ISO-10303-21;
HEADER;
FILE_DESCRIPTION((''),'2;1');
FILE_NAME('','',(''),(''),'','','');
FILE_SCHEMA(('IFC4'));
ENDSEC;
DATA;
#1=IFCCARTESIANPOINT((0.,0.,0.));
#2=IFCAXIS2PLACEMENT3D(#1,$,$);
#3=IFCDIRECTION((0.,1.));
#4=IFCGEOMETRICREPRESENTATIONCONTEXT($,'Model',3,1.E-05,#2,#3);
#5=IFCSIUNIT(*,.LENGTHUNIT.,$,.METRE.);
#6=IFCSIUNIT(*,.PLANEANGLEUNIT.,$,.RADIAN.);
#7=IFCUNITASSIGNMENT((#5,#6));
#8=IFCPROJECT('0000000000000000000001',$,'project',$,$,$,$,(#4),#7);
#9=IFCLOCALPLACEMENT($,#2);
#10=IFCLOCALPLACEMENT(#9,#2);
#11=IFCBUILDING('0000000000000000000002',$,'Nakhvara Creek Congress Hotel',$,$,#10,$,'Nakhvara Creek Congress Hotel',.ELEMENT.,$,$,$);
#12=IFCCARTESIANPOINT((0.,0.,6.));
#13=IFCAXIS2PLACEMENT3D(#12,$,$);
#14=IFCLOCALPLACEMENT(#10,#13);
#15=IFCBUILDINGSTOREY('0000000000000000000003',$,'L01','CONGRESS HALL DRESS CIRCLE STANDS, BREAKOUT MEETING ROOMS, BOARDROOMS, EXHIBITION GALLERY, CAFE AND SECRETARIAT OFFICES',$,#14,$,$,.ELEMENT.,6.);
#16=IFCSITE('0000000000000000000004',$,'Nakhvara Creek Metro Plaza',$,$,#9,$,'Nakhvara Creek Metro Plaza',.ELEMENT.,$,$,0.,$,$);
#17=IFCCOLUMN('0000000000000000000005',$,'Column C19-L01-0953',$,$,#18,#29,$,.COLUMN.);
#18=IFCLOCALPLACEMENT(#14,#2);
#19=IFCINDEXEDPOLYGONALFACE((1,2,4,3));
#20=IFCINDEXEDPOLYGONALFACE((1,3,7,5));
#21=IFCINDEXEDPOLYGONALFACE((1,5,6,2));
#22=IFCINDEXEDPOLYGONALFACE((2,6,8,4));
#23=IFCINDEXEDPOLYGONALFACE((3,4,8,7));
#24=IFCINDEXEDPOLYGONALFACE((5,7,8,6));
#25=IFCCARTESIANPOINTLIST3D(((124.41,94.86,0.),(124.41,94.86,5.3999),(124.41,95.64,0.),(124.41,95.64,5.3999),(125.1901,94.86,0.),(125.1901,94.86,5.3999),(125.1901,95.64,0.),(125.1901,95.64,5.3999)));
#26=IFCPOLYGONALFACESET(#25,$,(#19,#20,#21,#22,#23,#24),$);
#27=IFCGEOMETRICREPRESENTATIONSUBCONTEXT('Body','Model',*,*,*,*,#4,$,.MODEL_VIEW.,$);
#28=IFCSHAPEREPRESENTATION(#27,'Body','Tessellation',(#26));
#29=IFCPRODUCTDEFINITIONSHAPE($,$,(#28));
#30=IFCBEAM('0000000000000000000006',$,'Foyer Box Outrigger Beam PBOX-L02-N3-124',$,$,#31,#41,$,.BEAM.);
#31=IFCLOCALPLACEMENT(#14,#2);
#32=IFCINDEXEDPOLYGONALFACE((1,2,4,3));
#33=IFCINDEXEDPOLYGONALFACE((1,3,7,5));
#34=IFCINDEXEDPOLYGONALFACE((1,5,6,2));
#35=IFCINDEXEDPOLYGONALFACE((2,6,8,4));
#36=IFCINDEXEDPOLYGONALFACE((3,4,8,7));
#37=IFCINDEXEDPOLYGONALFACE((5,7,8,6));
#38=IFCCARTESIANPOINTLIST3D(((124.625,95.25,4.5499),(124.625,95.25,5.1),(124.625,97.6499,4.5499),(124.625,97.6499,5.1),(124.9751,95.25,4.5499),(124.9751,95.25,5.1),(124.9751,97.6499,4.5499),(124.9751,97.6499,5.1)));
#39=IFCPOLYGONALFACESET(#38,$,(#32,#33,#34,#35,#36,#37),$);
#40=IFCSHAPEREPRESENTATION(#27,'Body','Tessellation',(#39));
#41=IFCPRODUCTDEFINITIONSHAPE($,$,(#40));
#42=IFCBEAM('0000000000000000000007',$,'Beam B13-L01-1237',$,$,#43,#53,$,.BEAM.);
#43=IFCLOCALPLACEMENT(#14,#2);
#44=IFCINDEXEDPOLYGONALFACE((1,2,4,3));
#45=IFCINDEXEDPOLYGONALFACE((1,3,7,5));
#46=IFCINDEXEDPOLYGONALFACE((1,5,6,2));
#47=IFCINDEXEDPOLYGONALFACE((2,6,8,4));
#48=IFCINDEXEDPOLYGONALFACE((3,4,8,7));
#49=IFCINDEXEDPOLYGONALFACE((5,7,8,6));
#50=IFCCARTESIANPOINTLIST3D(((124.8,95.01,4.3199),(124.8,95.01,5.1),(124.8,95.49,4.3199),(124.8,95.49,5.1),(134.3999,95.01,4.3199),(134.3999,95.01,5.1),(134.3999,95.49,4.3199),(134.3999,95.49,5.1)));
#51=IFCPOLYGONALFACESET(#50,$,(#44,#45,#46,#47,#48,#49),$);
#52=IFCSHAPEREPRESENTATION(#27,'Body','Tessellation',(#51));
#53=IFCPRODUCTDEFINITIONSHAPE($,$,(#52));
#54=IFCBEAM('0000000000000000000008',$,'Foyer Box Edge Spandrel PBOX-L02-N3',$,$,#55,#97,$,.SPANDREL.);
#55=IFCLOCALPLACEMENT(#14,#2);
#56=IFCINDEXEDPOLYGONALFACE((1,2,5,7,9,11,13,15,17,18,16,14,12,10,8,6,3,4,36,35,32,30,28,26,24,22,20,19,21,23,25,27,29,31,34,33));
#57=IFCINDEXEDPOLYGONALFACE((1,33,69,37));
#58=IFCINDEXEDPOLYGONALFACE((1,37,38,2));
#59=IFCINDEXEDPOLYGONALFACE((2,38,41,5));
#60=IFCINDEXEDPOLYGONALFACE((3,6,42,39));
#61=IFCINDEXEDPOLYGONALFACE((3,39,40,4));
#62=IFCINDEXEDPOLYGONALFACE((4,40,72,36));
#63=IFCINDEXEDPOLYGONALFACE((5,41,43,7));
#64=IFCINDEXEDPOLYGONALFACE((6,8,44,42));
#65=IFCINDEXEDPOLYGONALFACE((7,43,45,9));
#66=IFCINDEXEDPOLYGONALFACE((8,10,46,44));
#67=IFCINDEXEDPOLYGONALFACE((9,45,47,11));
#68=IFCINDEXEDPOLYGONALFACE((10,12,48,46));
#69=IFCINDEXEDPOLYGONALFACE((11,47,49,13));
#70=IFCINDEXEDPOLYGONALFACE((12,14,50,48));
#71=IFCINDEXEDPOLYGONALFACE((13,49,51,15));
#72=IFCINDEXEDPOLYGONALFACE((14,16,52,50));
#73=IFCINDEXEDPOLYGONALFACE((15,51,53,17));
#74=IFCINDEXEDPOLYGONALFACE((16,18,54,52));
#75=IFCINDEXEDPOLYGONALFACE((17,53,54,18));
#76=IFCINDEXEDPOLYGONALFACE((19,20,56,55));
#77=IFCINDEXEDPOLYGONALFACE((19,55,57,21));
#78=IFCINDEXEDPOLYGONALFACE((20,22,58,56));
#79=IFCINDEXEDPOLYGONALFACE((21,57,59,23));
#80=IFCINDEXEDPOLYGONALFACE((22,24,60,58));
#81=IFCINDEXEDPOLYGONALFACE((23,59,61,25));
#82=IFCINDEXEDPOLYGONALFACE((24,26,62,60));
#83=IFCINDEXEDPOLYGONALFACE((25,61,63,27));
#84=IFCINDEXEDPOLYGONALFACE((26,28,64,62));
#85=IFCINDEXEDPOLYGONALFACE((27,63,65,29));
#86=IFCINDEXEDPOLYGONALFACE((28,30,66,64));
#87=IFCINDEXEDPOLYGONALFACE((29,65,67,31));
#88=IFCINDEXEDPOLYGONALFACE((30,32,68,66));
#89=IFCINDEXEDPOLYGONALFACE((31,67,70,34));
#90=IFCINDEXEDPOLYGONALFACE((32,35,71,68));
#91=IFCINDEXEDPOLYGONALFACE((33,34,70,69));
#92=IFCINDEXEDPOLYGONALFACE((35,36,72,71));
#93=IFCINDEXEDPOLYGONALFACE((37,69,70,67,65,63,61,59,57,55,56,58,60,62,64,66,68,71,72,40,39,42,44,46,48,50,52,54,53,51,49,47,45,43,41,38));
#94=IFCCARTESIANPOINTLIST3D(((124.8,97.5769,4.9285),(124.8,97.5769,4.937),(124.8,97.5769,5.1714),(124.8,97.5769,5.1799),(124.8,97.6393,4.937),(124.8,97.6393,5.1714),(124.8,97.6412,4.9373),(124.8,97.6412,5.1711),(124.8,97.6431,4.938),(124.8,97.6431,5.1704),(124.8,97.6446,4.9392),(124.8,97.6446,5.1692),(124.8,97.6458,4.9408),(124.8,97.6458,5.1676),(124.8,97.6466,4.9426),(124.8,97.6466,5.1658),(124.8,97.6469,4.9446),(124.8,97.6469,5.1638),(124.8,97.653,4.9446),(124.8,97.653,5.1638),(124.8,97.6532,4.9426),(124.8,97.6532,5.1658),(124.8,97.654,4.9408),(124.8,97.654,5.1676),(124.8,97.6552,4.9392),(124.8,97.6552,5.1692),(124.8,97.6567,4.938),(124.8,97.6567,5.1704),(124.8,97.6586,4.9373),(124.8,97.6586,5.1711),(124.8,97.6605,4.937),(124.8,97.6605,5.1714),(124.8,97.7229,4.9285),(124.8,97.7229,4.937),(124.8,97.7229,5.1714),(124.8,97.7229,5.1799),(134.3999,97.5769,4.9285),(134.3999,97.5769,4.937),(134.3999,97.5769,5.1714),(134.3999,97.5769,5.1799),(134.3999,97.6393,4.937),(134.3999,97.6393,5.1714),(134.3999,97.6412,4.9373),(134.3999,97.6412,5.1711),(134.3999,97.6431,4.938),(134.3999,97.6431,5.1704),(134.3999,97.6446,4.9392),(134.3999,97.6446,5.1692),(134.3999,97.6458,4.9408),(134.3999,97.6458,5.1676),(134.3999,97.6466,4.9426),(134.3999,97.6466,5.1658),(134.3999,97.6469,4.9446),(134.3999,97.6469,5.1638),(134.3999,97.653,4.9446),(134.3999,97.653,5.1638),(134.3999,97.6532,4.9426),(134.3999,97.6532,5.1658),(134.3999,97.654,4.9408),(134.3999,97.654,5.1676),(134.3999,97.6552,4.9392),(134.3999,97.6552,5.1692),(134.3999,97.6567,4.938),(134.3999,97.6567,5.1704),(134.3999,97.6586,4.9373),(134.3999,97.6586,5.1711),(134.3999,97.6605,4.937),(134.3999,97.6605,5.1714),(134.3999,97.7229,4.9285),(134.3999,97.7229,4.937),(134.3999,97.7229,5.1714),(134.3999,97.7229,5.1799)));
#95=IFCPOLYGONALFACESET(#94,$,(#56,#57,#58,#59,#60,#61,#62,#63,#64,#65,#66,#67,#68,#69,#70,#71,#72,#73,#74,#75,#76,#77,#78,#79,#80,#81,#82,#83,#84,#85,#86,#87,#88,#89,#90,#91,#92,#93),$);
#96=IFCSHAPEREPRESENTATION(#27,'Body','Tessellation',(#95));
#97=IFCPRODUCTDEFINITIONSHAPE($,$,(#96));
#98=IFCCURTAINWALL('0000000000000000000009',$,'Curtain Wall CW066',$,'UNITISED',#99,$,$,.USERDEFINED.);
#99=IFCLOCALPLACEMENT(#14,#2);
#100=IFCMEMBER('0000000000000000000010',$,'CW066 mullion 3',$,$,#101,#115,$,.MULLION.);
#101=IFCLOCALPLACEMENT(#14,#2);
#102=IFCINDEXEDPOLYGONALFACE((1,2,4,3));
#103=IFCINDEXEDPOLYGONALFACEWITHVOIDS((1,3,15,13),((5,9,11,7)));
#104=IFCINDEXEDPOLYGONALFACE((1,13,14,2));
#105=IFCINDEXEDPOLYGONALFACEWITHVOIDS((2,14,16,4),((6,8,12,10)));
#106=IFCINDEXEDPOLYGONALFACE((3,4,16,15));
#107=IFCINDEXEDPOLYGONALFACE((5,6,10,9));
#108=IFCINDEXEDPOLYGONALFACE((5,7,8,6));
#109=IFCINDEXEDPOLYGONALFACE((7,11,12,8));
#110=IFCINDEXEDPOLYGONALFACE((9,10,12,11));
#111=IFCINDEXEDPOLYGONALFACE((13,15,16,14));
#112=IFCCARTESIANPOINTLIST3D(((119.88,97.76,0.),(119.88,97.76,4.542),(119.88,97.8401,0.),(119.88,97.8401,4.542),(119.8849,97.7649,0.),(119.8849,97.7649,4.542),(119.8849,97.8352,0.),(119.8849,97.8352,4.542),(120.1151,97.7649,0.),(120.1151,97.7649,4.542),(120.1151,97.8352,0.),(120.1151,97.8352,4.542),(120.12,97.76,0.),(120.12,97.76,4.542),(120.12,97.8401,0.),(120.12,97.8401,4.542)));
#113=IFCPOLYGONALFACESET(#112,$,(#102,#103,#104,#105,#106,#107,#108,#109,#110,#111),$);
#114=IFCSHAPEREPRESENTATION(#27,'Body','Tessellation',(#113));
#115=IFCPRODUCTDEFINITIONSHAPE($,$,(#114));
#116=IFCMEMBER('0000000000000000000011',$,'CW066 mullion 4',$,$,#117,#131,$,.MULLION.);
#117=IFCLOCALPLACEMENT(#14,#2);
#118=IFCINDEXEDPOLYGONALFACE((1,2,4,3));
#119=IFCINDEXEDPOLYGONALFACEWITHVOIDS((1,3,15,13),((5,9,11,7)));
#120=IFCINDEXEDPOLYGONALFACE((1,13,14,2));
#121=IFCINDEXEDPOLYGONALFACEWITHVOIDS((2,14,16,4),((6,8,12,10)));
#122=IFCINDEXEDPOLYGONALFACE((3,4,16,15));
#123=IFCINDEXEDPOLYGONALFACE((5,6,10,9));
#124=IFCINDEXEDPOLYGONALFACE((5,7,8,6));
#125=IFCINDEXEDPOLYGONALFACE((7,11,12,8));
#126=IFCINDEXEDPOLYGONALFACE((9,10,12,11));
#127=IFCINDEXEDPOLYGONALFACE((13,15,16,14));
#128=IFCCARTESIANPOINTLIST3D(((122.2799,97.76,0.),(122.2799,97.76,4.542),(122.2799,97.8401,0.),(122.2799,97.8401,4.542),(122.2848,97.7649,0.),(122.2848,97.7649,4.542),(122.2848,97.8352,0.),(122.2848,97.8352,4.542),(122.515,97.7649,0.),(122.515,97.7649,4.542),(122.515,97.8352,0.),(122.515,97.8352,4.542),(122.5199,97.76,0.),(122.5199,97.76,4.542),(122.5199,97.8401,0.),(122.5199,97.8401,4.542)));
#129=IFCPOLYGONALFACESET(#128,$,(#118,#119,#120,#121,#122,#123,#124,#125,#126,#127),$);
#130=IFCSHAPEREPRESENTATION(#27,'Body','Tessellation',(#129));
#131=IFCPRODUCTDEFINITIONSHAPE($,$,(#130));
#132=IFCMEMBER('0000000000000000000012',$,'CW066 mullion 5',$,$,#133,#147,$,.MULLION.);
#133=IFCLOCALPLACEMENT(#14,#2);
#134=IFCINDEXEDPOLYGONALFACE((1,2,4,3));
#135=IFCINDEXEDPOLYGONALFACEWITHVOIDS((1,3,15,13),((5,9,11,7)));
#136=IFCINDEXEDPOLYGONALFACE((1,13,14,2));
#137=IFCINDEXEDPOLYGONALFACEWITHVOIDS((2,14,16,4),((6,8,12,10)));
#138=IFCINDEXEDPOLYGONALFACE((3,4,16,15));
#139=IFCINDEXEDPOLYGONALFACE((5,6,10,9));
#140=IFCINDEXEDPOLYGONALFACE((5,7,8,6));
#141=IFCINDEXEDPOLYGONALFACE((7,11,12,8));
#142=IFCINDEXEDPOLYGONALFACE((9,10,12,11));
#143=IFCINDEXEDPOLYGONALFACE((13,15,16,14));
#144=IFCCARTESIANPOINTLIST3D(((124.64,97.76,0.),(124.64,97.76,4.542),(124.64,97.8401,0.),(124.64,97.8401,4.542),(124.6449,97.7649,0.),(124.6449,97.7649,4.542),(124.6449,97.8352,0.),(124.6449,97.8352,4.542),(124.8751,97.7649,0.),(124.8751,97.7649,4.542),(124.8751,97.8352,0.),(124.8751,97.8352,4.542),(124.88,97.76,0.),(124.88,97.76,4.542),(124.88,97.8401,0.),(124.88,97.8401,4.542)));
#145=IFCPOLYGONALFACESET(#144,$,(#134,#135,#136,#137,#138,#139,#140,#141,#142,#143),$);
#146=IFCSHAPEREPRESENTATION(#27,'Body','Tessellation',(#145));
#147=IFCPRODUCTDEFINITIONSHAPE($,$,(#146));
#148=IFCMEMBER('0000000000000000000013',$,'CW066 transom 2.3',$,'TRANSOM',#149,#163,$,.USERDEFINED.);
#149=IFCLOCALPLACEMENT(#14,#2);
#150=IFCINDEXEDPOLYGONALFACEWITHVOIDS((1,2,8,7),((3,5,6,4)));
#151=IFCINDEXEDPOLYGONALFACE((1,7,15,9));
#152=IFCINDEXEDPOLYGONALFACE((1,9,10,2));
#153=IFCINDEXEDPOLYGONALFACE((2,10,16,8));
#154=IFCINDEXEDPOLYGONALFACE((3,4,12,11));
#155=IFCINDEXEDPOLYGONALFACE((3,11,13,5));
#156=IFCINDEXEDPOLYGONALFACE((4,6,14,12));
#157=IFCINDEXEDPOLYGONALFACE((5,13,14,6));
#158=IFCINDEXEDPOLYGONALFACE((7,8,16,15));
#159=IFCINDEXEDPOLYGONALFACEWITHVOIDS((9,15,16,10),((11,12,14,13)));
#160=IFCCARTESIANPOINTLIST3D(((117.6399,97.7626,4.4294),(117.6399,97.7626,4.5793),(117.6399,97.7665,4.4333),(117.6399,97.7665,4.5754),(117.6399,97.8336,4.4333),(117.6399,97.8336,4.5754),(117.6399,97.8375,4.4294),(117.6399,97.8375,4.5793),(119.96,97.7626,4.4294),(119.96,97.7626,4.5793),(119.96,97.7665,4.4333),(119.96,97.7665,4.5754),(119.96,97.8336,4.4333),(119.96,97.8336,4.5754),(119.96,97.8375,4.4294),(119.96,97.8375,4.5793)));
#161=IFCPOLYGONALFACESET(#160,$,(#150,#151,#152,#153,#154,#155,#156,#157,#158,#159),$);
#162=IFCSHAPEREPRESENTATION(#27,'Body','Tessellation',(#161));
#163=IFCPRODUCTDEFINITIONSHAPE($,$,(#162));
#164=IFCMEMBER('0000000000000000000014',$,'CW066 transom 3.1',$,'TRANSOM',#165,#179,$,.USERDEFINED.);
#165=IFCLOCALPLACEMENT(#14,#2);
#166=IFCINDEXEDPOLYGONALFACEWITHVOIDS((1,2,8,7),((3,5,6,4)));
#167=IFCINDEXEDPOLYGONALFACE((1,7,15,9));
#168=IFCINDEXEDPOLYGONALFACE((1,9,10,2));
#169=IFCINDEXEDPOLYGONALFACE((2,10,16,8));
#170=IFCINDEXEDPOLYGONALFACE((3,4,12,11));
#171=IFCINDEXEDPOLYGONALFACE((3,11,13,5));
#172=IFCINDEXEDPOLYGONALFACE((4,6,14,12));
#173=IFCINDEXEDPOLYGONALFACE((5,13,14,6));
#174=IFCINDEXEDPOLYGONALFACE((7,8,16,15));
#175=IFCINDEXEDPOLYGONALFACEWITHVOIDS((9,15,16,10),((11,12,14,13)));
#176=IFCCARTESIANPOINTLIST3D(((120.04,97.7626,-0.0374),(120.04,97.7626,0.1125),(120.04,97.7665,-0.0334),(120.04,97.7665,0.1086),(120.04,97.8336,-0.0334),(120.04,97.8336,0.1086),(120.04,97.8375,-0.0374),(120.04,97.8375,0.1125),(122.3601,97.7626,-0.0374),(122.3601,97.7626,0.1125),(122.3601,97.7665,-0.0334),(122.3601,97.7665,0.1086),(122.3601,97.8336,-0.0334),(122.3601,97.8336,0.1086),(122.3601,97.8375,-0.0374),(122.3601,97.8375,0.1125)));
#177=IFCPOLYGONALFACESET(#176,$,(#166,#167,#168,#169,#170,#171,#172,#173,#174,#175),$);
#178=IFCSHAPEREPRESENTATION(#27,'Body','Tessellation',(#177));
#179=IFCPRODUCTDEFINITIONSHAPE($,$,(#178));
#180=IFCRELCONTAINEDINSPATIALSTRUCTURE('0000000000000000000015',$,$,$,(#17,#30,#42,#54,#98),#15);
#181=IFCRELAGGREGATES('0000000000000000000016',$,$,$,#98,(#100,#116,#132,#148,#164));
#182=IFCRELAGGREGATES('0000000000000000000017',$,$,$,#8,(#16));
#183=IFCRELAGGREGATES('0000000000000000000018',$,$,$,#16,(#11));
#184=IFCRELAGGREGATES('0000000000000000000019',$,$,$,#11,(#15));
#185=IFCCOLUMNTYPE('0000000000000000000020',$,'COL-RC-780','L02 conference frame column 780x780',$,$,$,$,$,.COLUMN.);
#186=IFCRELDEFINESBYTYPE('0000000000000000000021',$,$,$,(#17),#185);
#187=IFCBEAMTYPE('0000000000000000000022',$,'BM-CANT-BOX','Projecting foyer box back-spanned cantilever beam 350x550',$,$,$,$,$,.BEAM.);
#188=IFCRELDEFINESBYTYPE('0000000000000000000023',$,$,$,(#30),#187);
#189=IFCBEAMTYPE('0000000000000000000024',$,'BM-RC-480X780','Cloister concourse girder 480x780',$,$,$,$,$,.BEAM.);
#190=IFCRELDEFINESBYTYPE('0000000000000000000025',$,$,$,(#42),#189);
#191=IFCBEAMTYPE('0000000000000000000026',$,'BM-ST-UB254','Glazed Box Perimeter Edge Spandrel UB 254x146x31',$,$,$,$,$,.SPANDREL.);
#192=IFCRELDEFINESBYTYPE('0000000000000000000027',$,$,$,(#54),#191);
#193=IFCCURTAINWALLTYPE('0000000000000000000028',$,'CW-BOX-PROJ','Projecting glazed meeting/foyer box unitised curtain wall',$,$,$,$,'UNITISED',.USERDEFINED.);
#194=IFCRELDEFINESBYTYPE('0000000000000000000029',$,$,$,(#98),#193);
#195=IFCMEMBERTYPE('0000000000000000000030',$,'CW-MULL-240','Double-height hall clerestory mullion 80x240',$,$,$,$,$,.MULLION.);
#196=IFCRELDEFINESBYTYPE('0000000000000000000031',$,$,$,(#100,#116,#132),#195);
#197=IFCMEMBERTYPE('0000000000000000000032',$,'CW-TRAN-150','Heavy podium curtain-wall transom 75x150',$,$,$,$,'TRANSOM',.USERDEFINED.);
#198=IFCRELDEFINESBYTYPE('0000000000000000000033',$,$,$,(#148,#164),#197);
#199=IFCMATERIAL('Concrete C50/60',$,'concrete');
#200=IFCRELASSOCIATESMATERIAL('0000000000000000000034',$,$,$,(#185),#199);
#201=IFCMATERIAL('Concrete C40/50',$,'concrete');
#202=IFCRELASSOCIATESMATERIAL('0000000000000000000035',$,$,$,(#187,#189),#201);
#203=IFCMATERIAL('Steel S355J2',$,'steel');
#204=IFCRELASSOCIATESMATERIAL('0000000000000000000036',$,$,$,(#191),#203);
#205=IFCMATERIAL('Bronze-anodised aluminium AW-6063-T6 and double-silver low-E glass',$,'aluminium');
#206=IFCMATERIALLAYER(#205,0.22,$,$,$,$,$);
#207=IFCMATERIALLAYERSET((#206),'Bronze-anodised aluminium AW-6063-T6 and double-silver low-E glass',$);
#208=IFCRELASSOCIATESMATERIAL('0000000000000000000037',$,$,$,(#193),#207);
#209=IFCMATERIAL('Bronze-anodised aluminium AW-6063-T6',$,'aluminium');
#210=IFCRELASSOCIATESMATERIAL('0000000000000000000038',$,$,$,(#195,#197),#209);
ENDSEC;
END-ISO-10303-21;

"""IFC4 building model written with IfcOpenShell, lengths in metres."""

from ifc_helpers import new_model, si_unit, direction, frame, origin, origin_2d, place, context, subcontext, project, spatial, rectangle, hollow_rectangle, i_section, extrude, material, layer, layer_set, material_profile, profile_set, type_object, element, aggregate, save


model = new_model("IFC4")

# Units and contexts
model_context = context("Model", 3, precision=1e-05, world=origin(), true_north=direction((0.0, 1.0)))
body_context = subcontext(model_context, "Body", "Model", "MODEL_VIEW")
ifc_project = project(units=[si_unit("LENGTHUNIT", "METRE"), si_unit("PLANEANGLEUNIT", "RADIAN")], contexts=[model_context])

# Site, building, storey
site_placement = place(None, origin())
site = spatial("IfcSite", under=ifc_project, at=site_placement, Name="Nakhvara Creek Metro Plaza", LongName="Nakhvara Creek Metro Plaza", CompositionType="ELEMENT", RefElevation=0.0)
building_placement = place(site_placement, origin())
building = spatial("IfcBuilding", under=site, at=building_placement, Name="Nakhvara Creek Congress Hotel", LongName="Nakhvara Creek Congress Hotel", CompositionType="ELEMENT")
storey_placement = place(building_placement, frame((0.0, 0.0, 6.0)))
storey = spatial("IfcBuildingStorey", under=building, at=storey_placement, Name="L01", Description="CONGRESS HALL DRESS CIRCLE STANDS, BREAKOUT MEETING ROOMS, BOARDROOMS, EXHIBITION GALLERY, CAFE AND SECRETARIAT OFFICES", CompositionType="ELEMENT", Elevation=6.0)

# Column
ifc_material_1 = material(Name="Concrete C50/60", Category="concrete")
ifc_material_profile_1 = material_profile(ifc_material_1, rectangle(XDim=0.78, YDim=0.78, at=origin_2d()), Name="RC-COL 780x780", Category="LoadBearing")
ifc_profile_set_1 = profile_set([ifc_material_profile_1], Name="Concrete C50/60")
column_type = type_object("IfcColumnType", Name="COL-RC-780", Description="L02 conference frame column 780x780", PredefinedType="COLUMN", material=ifc_profile_set_1)
column_placement = place(storey_placement, frame((124.8, 95.25, 0.0), z_axis=(0.0, 0.0, 1.0), x_axis=(1.0, 0.0, 0.0)))
element("IfcColumn", 1, at=column_placement, inside=storey, type_object=column_type, Name="Column C19-L01-0953", PredefinedType="COLUMN", context=body_context, shape_type="SweptSolid", body=[
    extrude(rectangle(XDim=0.78, YDim=0.78, at=origin_2d()), origin(), (0.0, 0.0, 1.0), 5.3999),
])

# Beams
ifc_material_2 = material(Name="Concrete C40/50", Category="concrete")
ifc_material_profile_2 = material_profile(ifc_material_2, rectangle(XDim=0.3501, YDim=0.55, at=origin_2d()), Name="RC-BM 350x550", Category="LoadBearing")
ifc_profile_set_2 = profile_set([ifc_material_profile_2], Name="Concrete C40/50")
beam_type_1 = type_object("IfcBeamType", Name="BM-CANT-BOX", Description="Projecting foyer box back-spanned cantilever beam 350x550", PredefinedType="BEAM", material=ifc_profile_set_2)
beam_1_placement = place(storey_placement, frame((124.8, 95.25, 4.825), z_axis=(0.0, 1.0, 0.0), x_axis=(-1.0, 0.0, 0.0)))
element("IfcBeam", 2, at=beam_1_placement, inside=storey, type_object=beam_type_1, Name="Foyer Box Outrigger Beam PBOX-L02-N3-124", PredefinedType="BEAM", context=body_context, shape_type="SweptSolid", body=[
    extrude(rectangle(XDim=0.3501, YDim=0.55, at=origin_2d()), origin(), (0.0, 0.0, 1.0), 2.3999),
])
ifc_material_profile_3 = material_profile(ifc_material_2, rectangle(XDim=0.48, YDim=0.78, at=origin_2d()), Name="RC-BM 480x780", Category="LoadBearing")
ifc_profile_set_3 = profile_set([ifc_material_profile_3], Name="Concrete C40/50")
beam_type_2 = type_object("IfcBeamType", Name="BM-RC-480X780", Description="Cloister concourse girder 480x780", PredefinedType="BEAM", material=ifc_profile_set_3)
beam_2_placement = place(storey_placement, frame((124.8, 95.25, 4.71), z_axis=(1.0, 0.0, 0.0), x_axis=(0.0, 1.0, 0.0)))
element("IfcBeam", 3, at=beam_2_placement, inside=storey, type_object=beam_type_2, Name="Beam B13-L01-1237", PredefinedType="BEAM", context=body_context, shape_type="SweptSolid", body=[
    extrude(rectangle(XDim=0.48, YDim=0.78, at=origin_2d()), origin(), (0.0, 0.0, 1.0), 9.5999),
])
ifc_material_3 = material(Name="Steel S355J2", Category="steel")
ifc_material_profile_4 = material_profile(ifc_material_3, i_section(OverallWidth=0.146, OverallDepth=0.2515, WebThickness=0.0061, FlangeThickness=0.0085, FilletRadius=0.0076, at=origin_2d()), Name="UB 254x146x31", Category="LoadBearing")
ifc_profile_set_4 = profile_set([ifc_material_profile_4], Name="Steel S355J2")
beam_type_3 = type_object("IfcBeamType", Name="BM-ST-UB254", Description="Glazed Box Perimeter Edge Spandrel UB 254x146x31", PredefinedType="SPANDREL", material=ifc_profile_set_4)
beam_3_placement = place(storey_placement, frame((124.8, 97.6499, 5.0542), z_axis=(1.0, 0.0, 0.0), x_axis=(0.0, 1.0, 0.0)))
element("IfcBeam", 4, at=beam_3_placement, inside=storey, type_object=beam_type_3, Name="Foyer Box Edge Spandrel PBOX-L02-N3", PredefinedType="SPANDREL", context=body_context, shape_type="SweptSolid", body=[
    extrude(i_section(OverallWidth=0.146, OverallDepth=0.2515, WebThickness=0.0061, FlangeThickness=0.0085, FilletRadius=0.0076, at=origin_2d()), origin(), (0.0, 0.0, 1.0), 9.5999),
])

# Curtain wall, members
ifc_material_4 = material(Name="Bronze-anodised aluminium AW-6063-T6 and double-silver low-E glass", Category="aluminium")
ifc_layer_1 = layer(ifc_material_4, 0.22)
ifc_layer_set_1 = layer_set([ifc_layer_1], Name="Bronze-anodised aluminium AW-6063-T6 and double-silver low-E glass")
curtain_wall_type = type_object("IfcCurtainWallType", Name="CW-BOX-PROJ", Description="Projecting glazed meeting/foyer box unitised curtain wall", ElementType="UNITISED", PredefinedType="USERDEFINED", material=ifc_layer_set_1)
curtain_wall_placement = place(storey_placement, origin())
curtain_wall = element("IfcCurtainWall", 5, at=curtain_wall_placement, inside=storey, type_object=curtain_wall_type, Name="Curtain Wall CW066", ObjectType="UNITISED", PredefinedType="USERDEFINED")
ifc_material_5 = material(Name="Bronze-anodised aluminium AW-6063-T6", Category="aluminium")
ifc_material_profile_5 = material_profile(ifc_material_5, hollow_rectangle(XDim=0.0801, YDim=0.24, WallThickness=0.0049, at=origin_2d()), Name="ALU-MULL 80x240x5", Category="LoadBearing")
ifc_profile_set_5 = profile_set([ifc_material_profile_5], Name="Bronze-anodised aluminium AW-6063-T6")
member_type_1 = type_object("IfcMemberType", Name="CW-MULL-240", Description="Double-height hall clerestory mullion 80x240", PredefinedType="MULLION", material=ifc_profile_set_5)
member_1_placement = place(storey_placement, frame((120.0, 97.8, 0.0), z_axis=(0.0, 0.0, 1.0), x_axis=(0.0, 1.0, 0.0)))
member_1 = element("IfcMember", 6, at=member_1_placement, type_object=member_type_1, Name="CW066 mullion 3", PredefinedType="MULLION", context=body_context, shape_type="SweptSolid", body=[
    extrude(hollow_rectangle(XDim=0.0801, YDim=0.24, WallThickness=0.0049, at=origin_2d()), origin(), (0.0, 0.0, 1.0), 4.542),
])
member_2_placement = place(storey_placement, frame((122.3999, 97.8, 0.0), z_axis=(0.0, 0.0, 1.0), x_axis=(0.0, 1.0, 0.0)))
member_2 = element("IfcMember", 7, at=member_2_placement, type_object=member_type_1, Name="CW066 mullion 4", PredefinedType="MULLION", context=body_context, shape_type="SweptSolid", body=[
    extrude(hollow_rectangle(XDim=0.0801, YDim=0.24, WallThickness=0.0049, at=origin_2d()), origin(), (0.0, 0.0, 1.0), 4.542),
])
member_3_placement = place(storey_placement, frame((124.76, 97.8, 0.0), z_axis=(0.0, 0.0, 1.0), x_axis=(0.0, 1.0, 0.0)))
member_3 = element("IfcMember", 8, at=member_3_placement, type_object=member_type_1, Name="CW066 mullion 5", PredefinedType="MULLION", context=body_context, shape_type="SweptSolid", body=[
    extrude(hollow_rectangle(XDim=0.0801, YDim=0.24, WallThickness=0.0049, at=origin_2d()), origin(), (0.0, 0.0, 1.0), 4.542),
])
ifc_material_profile_6 = material_profile(ifc_material_5, hollow_rectangle(XDim=0.075, YDim=0.1499, WallThickness=0.0039, at=origin_2d()), Name="ALU-TRAN 75x150x4", Category="LoadBearing")
ifc_profile_set_6 = profile_set([ifc_material_profile_6], Name="Bronze-anodised aluminium AW-6063-T6")
member_type_2 = type_object("IfcMemberType", Name="CW-TRAN-150", Description="Heavy podium curtain-wall transom 75x150", ElementType="TRANSOM", PredefinedType="USERDEFINED", material=ifc_profile_set_6)
member_4_placement = place(storey_placement, frame((117.6399, 97.8, 4.5044), z_axis=(1.0, 0.0, 0.0), x_axis=(0.0, 1.0, 0.0)))
member_4 = element("IfcMember", 9, at=member_4_placement, type_object=member_type_2, Name="CW066 transom 2.3", ObjectType="TRANSOM", PredefinedType="USERDEFINED", context=body_context, shape_type="SweptSolid", body=[
    extrude(hollow_rectangle(XDim=0.075, YDim=0.1499, WallThickness=0.0039, at=origin_2d()), origin(), (0.0, 0.0, 1.0), 2.3201),
])
member_5_placement = place(storey_placement, frame((120.04, 97.8, 0.0376), z_axis=(1.0, 0.0, 0.0), x_axis=(0.0, 1.0, 0.0)))
member_5 = element("IfcMember", 10, at=member_5_placement, type_object=member_type_2, Name="CW066 transom 3.1", ObjectType="TRANSOM", PredefinedType="USERDEFINED", context=body_context, shape_type="SweptSolid", body=[
    extrude(hollow_rectangle(XDim=0.075, YDim=0.1499, WallThickness=0.0039, at=origin_2d()), origin(), (0.0, 0.0, 1.0), 2.3201),
])
aggregate(curtain_wall, [member_1, member_2, member_3, member_4, member_5])

save(model, "model.ifc")
